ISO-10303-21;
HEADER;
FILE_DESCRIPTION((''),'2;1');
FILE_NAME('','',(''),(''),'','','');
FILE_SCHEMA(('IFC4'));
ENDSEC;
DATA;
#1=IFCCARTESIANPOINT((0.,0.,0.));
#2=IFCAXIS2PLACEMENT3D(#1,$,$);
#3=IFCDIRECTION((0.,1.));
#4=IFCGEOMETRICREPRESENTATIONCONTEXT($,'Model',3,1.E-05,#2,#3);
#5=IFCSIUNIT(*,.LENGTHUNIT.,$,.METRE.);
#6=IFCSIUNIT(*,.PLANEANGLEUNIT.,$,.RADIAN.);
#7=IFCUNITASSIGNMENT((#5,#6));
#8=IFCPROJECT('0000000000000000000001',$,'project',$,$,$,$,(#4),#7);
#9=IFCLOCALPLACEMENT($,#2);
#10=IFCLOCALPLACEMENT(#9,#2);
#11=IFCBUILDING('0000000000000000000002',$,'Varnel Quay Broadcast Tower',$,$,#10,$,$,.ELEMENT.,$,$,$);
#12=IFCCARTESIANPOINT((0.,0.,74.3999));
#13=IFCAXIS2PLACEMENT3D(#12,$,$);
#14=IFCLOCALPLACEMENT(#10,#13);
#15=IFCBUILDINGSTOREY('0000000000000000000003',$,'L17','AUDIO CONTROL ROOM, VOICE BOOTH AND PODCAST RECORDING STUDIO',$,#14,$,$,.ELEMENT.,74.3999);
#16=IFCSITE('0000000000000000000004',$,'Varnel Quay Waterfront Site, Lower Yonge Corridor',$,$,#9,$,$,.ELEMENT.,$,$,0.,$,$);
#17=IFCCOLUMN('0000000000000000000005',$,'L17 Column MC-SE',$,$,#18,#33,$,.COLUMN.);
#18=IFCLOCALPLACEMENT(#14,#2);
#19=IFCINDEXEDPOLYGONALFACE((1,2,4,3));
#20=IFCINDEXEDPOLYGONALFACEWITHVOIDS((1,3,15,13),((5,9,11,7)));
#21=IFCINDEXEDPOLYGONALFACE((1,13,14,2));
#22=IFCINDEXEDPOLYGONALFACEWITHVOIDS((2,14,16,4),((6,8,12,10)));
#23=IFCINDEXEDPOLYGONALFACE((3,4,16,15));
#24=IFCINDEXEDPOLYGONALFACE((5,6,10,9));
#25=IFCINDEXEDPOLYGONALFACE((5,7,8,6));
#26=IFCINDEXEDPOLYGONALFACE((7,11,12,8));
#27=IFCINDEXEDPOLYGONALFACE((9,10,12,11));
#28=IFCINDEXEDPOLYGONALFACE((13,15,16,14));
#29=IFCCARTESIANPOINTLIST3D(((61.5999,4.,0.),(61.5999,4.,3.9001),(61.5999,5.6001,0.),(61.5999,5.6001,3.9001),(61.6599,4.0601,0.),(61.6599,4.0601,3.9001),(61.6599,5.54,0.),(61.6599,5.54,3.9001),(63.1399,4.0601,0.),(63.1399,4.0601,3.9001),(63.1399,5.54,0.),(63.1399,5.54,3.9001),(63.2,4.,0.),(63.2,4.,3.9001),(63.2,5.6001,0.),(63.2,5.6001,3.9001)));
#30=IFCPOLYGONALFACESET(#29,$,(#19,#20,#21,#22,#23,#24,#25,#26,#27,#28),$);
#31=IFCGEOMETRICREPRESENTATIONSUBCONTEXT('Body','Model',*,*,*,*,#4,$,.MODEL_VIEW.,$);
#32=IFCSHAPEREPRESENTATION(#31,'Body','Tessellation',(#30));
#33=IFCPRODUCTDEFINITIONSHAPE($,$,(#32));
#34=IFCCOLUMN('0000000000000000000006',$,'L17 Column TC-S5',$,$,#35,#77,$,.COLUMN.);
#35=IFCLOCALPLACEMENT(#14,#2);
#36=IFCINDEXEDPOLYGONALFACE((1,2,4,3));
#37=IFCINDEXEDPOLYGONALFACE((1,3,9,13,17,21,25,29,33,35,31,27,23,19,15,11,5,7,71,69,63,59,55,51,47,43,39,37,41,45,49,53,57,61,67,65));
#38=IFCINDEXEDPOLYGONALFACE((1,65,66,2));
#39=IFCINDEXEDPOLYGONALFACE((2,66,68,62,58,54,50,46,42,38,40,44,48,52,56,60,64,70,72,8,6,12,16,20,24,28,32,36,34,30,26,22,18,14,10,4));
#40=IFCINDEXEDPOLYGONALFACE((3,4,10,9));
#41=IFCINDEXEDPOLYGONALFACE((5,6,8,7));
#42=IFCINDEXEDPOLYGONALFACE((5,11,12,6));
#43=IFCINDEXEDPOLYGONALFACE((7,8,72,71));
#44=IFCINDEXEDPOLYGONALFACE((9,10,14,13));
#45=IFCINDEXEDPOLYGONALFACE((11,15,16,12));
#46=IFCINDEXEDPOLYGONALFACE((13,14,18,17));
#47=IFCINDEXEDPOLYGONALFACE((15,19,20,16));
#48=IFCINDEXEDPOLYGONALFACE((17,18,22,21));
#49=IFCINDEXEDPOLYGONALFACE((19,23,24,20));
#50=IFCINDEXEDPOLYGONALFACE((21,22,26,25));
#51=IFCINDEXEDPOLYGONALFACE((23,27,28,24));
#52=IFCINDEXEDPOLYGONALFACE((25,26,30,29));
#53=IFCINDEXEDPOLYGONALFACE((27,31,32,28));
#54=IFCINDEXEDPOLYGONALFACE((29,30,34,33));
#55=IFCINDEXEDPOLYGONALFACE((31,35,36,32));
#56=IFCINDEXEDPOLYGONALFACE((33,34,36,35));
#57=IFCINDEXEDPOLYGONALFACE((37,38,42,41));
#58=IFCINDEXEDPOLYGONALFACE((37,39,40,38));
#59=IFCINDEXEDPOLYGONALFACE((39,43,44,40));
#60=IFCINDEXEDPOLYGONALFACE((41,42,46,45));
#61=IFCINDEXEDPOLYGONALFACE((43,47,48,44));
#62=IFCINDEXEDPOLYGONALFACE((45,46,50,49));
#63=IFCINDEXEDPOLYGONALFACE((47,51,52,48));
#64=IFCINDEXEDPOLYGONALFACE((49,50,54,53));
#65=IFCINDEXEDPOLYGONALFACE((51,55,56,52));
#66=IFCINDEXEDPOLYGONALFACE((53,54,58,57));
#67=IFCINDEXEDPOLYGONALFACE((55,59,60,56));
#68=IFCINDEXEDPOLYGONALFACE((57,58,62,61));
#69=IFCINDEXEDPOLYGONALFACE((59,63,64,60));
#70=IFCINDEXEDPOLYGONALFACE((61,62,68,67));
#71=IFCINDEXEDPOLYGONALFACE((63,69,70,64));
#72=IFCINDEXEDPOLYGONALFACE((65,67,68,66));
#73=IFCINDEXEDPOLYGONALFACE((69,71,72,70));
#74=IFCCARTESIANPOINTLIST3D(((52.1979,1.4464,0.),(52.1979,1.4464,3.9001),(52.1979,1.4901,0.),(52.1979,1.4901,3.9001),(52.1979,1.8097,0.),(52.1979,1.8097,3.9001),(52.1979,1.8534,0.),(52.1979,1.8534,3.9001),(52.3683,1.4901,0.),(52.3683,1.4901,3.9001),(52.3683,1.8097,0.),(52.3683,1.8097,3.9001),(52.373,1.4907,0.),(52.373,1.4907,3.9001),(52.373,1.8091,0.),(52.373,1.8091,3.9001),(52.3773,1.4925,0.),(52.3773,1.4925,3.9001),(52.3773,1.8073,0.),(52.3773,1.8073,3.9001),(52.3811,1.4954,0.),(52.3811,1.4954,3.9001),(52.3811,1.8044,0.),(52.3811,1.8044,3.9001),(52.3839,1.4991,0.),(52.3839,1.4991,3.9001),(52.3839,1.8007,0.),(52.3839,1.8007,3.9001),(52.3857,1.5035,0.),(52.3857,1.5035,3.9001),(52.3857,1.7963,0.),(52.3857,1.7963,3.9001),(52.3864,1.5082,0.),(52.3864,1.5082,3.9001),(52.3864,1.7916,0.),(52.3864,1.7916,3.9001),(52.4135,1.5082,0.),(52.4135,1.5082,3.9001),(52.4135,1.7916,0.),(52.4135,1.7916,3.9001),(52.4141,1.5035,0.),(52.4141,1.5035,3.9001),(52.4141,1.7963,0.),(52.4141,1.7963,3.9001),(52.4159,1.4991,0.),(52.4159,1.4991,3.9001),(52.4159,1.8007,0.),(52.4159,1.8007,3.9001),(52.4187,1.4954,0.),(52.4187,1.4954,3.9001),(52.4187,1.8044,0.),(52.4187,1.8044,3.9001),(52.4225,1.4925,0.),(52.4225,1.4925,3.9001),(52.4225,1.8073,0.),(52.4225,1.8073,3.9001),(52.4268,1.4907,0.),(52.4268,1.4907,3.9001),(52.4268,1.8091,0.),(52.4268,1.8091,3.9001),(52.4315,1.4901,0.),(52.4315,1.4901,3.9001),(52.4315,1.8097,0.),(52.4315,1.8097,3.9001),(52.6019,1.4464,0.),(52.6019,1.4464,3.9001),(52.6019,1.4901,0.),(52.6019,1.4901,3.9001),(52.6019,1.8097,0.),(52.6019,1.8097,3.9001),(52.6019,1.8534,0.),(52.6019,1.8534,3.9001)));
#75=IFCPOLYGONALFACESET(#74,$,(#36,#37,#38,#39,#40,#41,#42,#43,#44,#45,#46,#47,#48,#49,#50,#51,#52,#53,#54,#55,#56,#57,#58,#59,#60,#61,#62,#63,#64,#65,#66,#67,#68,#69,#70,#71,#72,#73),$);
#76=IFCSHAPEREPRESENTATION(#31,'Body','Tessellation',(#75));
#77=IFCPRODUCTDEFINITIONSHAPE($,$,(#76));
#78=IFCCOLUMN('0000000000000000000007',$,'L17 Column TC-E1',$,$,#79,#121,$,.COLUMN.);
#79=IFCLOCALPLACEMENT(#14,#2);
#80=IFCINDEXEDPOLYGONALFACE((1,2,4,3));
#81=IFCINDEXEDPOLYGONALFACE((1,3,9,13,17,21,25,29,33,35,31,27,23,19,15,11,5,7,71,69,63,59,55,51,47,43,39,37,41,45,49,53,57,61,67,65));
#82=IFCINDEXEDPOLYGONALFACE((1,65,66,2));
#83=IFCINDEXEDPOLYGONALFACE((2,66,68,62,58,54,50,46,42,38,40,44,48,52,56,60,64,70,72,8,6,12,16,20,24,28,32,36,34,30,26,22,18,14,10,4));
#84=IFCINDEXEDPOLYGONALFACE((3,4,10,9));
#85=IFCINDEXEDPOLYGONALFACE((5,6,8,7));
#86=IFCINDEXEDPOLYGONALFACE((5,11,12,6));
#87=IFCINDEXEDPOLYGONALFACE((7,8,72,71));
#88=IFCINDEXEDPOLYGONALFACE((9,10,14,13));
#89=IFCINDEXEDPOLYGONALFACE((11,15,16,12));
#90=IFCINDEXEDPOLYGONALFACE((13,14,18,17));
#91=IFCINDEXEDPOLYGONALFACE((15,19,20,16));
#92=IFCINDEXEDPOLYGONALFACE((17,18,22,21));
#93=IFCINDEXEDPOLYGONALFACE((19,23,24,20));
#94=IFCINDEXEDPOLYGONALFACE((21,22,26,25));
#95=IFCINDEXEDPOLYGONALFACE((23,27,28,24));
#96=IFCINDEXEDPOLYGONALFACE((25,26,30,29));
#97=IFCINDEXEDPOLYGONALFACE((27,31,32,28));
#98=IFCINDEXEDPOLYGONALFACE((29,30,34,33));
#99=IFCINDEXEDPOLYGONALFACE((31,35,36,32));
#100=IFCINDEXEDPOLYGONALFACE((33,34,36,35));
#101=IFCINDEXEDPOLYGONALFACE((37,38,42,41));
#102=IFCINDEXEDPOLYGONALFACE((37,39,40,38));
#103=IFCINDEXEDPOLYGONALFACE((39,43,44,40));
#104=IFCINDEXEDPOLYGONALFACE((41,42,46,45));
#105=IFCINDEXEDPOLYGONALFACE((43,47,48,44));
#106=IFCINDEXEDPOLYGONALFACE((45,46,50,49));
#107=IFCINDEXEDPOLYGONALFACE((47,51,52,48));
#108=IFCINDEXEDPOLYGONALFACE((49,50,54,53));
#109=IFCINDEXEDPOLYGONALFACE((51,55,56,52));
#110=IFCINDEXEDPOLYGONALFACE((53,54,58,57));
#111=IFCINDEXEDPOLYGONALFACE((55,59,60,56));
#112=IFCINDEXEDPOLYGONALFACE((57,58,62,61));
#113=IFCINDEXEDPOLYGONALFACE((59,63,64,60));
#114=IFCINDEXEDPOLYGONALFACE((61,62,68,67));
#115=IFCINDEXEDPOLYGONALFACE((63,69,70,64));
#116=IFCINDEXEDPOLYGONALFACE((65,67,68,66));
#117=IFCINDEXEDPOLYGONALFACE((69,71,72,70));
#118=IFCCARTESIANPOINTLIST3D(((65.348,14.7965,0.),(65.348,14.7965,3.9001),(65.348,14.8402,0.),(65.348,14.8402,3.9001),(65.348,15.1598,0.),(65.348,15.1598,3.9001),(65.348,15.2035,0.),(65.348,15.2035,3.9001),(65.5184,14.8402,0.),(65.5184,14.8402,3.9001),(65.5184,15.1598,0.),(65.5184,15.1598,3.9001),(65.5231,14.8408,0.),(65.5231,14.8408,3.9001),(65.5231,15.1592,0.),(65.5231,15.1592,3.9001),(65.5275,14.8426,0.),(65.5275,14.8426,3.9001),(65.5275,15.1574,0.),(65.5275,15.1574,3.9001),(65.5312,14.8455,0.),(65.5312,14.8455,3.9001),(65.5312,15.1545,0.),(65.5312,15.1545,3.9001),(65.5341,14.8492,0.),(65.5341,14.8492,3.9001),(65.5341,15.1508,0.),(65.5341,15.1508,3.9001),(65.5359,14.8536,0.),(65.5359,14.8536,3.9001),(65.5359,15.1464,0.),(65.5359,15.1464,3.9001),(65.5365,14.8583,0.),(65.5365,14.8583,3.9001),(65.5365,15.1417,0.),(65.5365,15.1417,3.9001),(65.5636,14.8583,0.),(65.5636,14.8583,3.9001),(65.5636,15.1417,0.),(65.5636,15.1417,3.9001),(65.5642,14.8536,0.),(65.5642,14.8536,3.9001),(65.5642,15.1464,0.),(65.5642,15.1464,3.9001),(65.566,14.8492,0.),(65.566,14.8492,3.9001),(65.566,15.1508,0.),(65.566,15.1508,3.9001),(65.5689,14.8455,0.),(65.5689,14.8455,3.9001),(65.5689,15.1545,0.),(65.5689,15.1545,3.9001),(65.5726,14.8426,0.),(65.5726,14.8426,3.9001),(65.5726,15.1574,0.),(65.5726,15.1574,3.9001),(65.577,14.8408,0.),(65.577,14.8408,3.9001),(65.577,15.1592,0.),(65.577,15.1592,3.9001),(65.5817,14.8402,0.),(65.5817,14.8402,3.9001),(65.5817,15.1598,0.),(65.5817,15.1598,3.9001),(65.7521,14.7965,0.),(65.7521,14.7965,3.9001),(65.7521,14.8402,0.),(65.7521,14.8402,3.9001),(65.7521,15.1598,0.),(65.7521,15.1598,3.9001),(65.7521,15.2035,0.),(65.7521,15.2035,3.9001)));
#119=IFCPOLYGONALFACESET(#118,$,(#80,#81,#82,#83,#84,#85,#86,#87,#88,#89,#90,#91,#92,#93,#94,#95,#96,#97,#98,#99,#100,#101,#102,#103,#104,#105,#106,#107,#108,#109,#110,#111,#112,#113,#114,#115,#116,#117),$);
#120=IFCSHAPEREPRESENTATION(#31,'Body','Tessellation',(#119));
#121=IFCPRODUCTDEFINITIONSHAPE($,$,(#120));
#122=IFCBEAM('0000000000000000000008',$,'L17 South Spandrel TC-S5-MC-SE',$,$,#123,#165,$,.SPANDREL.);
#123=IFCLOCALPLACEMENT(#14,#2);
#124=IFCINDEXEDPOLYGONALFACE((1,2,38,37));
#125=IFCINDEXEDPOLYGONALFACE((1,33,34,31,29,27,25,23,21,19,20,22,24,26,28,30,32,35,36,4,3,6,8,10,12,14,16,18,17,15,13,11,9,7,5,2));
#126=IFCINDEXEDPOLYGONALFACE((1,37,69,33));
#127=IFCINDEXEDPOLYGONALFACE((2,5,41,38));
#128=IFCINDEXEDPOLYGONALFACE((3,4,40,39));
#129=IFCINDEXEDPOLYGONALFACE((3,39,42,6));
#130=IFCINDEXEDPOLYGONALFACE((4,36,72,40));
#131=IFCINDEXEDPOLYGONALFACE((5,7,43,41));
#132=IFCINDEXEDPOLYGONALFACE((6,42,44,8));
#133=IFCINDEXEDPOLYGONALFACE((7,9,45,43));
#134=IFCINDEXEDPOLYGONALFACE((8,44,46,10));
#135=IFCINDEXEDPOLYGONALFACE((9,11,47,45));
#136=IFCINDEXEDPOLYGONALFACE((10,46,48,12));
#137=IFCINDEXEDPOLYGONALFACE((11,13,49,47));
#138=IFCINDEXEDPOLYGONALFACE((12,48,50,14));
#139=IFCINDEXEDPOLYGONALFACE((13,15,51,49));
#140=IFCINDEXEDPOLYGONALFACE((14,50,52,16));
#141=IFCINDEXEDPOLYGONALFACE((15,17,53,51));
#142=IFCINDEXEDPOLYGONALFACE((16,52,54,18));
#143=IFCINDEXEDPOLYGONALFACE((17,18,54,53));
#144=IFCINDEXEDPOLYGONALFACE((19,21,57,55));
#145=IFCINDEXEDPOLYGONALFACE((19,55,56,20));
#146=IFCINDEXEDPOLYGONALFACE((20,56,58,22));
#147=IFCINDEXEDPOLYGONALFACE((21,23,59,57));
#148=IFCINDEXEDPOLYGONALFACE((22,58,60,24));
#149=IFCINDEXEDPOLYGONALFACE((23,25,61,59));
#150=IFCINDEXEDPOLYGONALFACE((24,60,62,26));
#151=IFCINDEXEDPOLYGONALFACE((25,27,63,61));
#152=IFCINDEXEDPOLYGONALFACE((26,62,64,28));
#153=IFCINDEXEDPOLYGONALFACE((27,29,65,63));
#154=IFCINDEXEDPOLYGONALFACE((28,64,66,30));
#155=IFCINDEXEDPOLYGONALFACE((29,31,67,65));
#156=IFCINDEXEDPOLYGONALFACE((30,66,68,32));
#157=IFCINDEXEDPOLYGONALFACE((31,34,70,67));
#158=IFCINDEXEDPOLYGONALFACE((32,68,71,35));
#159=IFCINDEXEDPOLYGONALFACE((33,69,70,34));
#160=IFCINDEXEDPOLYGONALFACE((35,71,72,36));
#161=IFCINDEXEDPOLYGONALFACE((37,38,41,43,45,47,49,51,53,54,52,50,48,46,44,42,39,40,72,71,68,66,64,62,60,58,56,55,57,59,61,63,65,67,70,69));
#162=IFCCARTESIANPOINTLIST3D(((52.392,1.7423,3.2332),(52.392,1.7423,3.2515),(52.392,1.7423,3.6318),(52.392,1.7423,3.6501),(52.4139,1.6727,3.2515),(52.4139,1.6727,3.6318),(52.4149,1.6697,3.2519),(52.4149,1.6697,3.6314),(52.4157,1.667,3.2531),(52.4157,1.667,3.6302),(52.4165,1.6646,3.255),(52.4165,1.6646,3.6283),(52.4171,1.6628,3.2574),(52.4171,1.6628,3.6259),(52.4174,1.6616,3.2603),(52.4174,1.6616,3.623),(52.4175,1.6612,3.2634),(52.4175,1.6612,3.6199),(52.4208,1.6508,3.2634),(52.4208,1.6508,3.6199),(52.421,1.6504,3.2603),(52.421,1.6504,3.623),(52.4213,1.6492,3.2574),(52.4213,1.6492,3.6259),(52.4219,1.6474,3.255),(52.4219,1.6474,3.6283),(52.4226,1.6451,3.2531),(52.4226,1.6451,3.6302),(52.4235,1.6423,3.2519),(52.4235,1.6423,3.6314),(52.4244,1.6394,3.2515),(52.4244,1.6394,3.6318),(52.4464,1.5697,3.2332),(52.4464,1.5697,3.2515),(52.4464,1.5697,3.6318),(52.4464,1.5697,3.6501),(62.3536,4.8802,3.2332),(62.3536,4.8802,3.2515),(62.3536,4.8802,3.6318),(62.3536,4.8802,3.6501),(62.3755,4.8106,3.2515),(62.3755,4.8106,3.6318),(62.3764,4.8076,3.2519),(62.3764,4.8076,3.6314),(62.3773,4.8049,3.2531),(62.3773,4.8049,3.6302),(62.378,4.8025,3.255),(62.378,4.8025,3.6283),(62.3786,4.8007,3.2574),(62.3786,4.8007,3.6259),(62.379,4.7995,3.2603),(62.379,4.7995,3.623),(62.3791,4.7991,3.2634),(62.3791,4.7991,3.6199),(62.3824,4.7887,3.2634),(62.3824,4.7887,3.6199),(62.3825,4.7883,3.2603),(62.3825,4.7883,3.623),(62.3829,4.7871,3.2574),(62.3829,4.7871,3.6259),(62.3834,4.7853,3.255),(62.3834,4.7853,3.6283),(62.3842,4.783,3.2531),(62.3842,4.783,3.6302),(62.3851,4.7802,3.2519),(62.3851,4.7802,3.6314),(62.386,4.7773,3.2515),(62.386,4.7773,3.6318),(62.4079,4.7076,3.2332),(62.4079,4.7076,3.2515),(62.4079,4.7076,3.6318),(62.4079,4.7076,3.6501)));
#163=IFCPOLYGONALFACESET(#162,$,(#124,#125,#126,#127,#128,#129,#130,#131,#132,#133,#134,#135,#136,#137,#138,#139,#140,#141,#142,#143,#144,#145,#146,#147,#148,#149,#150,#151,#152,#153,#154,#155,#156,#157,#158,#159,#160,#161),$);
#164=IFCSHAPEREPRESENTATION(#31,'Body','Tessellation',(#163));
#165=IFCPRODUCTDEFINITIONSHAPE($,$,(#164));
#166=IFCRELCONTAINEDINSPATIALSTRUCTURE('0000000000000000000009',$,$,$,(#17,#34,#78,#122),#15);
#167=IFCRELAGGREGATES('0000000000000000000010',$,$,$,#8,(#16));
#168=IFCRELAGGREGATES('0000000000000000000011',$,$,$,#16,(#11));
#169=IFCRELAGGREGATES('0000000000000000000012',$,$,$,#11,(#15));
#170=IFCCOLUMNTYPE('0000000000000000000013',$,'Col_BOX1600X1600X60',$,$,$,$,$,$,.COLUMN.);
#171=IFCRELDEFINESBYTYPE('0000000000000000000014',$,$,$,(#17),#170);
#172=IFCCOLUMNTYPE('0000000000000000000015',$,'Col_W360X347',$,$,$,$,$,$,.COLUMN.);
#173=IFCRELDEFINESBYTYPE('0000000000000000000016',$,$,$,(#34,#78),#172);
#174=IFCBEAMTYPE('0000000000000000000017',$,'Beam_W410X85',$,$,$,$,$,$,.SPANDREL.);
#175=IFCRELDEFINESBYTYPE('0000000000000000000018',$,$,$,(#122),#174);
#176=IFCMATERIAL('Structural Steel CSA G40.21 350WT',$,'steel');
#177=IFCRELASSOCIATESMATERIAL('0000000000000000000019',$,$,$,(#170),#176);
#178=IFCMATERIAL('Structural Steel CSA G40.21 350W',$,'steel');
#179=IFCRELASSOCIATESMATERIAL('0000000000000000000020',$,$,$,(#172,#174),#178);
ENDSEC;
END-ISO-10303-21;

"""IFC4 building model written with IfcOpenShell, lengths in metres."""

from ifc_helpers import new_model, si_unit, direction, frame, origin, origin_2d, place, context, subcontext, project, spatial, hollow_rectangle, i_section, extrude, source, transform, mapped, material, material_profile, profile_set, type_object, type_shapes, element, save


model = new_model("IFC4")

# Units and contexts
model_context = context("Model", 3, precision=1e-05, world=origin(), true_north=direction((0.0, 1.0)))
body_context = subcontext(model_context, "Body", "Model", "MODEL_VIEW")
ifc_project = project(units=[si_unit("LENGTHUNIT", "METRE"), si_unit("PLANEANGLEUNIT", "RADIAN")], contexts=[model_context])

# Site, building, storey
site_placement = place(None, origin())
site = spatial("IfcSite", under=ifc_project, at=site_placement, Name="Varnel Quay Waterfront Site, Lower Yonge Corridor", CompositionType="ELEMENT", RefElevation=0.0)
building_placement = place(site_placement, origin())
building = spatial("IfcBuilding", under=site, at=building_placement, Name="Varnel Quay Broadcast Tower", CompositionType="ELEMENT")
storey_placement = place(building_placement, frame((0.0, 0.0, 74.3999)))
storey = spatial("IfcBuildingStorey", under=building, at=storey_placement, Name="L17", Description="AUDIO CONTROL ROOM, VOICE BOOTH AND PODCAST RECORDING STUDIO", CompositionType="ELEMENT", Elevation=74.3999)

# Columns
ifc_material_1 = material(Name="Structural Steel CSA G40.21 350WT", Category="steel")
ifc_material_profile_1 = material_profile(ifc_material_1, hollow_rectangle(XDim=1.6001, YDim=1.6001, WallThickness=0.0601, at=origin_2d()), Name="BOX1600X1600X60")
ifc_profile_set_1 = profile_set([ifc_material_profile_1], Name="Structural Steel CSA G40.21 350WT")
column_type_1 = type_object("IfcColumnType", Name="Col_BOX1600X1600X60", PredefinedType="COLUMN", material=ifc_profile_set_1)
shared_shape_1 = source(origin(), body_context, "Body", "SweptSolid", [
    extrude(hollow_rectangle(XDim=1.6001, YDim=1.6001, WallThickness=0.0601, at=origin_2d()), origin(), (0.0, 0.0, 1.0), 3.9001),
])
type_shapes(column_type_1, [shared_shape_1])
column_placement = place(storey_placement, frame((62.3999, 4.8, 0.0), z_axis=(0.0, 0.0, 1.0), x_axis=(1.0, 0.0, 0.0)))
element("IfcColumn", 1, at=column_placement, inside=storey, type_object=column_type_1, Name="L17 Column MC-SE", PredefinedType="COLUMN", context=body_context, shape_type="MappedRepresentation", body=[
    mapped(shared_shape_1, transform((0.0, 0.0, 0.0), x_axis=(1.0, 0.0, 0.0), y_axis=(0.0, 1.0, 0.0), z_axis=(0.0, 0.0, 1.0), scale=1.0)),
])
ifc_material_2 = material(Name="Structural Steel CSA G40.21 350W", Category="steel")
ifc_material_profile_2 = material_profile(ifc_material_2, i_section(OverallWidth=0.4041, OverallDepth=0.407, WebThickness=0.0271, FlangeThickness=0.0437, FilletRadius=0.0181, at=origin_2d()), Name="W360X347")
ifc_profile_set_2 = profile_set([ifc_material_profile_2], Name="Structural Steel CSA G40.21 350W")
column_type_2 = type_object("IfcColumnType", Name="Col_W360X347", PredefinedType="COLUMN", material=ifc_profile_set_2)
shared_shape_2 = source(origin(), body_context, "Body", "SweptSolid", [
    extrude(i_section(OverallWidth=0.4041, OverallDepth=0.407, WebThickness=0.0271, FlangeThickness=0.0437, FilletRadius=0.0181, at=origin_2d()), origin(), (0.0, 0.0, 1.0), 3.9001),
])
type_shapes(column_type_2, [shared_shape_2])
for number, where, z_axis, x_axis, name in (
    (2, (52.3999, 1.6499, 0.0), (0.0, 0.0, 1.0), (1.0, 0.0, 0.0), "L17 Column TC-S5"),
    (3, (65.55, 15.0, 0.0), (0.0, 0.0, 1.0), (1.0, 0.0, 0.0), "L17 Column TC-E1"),
):
    element("IfcColumn", number, at=place(storey_placement, frame(where, z_axis=z_axis, x_axis=x_axis)), inside=storey, type_object=column_type_2, Name=name, PredefinedType="COLUMN", context=body_context, shape_type="MappedRepresentation", body=[
        mapped(shared_shape_2, transform((0.0, 0.0, 0.0), x_axis=(1.0, 0.0, 0.0), y_axis=(0.0, 1.0, 0.0), z_axis=(0.0, 0.0, 1.0), scale=1.0)),
    ])

# Beam
ifc_material_profile_3 = material_profile(ifc_material_2, i_section(OverallWidth=0.1809, OverallDepth=0.417, WebThickness=0.011, FlangeThickness=0.0183, FilletRadius=0.012, at=origin_2d()), Name="W410X85")
ifc_profile_set_3 = profile_set([ifc_material_profile_3], Name="Structural Steel CSA G40.21 350W")
beam_type = type_object("IfcBeamType", Name="Beam_W410X85", PredefinedType="SPANDREL", material=ifc_profile_set_3)
shared_shape_3 = source(origin(), body_context, "Body", "SweptSolid", [
    extrude(i_section(OverallWidth=0.1809, OverallDepth=0.417, WebThickness=0.011, FlangeThickness=0.0183, FilletRadius=0.012, at=origin_2d()), origin(), (0.0, 0.0, 1.0), 10.4441),
])
beam_1_placement = place(storey_placement, frame((52.4192, 1.656, 3.4417), z_axis=(0.953798, 0.300448, 0.0), x_axis=(-0.300448, 0.953798, 0.0)))
element("IfcBeam", 4, at=beam_1_placement, inside=storey, type_object=beam_type, Name="L17 South Spandrel TC-S5-MC-SE", PredefinedType="SPANDREL", context=body_context, shape_type="MappedRepresentation", body=[
    mapped(shared_shape_3, transform((0.0, 0.0, 0.0), x_axis=(1.0, 0.0, 0.0), y_axis=(0.0, 1.0, 0.0), z_axis=(0.0, 0.0, 1.0), scale=1.0)),
])

save(model, "model.ifc")
